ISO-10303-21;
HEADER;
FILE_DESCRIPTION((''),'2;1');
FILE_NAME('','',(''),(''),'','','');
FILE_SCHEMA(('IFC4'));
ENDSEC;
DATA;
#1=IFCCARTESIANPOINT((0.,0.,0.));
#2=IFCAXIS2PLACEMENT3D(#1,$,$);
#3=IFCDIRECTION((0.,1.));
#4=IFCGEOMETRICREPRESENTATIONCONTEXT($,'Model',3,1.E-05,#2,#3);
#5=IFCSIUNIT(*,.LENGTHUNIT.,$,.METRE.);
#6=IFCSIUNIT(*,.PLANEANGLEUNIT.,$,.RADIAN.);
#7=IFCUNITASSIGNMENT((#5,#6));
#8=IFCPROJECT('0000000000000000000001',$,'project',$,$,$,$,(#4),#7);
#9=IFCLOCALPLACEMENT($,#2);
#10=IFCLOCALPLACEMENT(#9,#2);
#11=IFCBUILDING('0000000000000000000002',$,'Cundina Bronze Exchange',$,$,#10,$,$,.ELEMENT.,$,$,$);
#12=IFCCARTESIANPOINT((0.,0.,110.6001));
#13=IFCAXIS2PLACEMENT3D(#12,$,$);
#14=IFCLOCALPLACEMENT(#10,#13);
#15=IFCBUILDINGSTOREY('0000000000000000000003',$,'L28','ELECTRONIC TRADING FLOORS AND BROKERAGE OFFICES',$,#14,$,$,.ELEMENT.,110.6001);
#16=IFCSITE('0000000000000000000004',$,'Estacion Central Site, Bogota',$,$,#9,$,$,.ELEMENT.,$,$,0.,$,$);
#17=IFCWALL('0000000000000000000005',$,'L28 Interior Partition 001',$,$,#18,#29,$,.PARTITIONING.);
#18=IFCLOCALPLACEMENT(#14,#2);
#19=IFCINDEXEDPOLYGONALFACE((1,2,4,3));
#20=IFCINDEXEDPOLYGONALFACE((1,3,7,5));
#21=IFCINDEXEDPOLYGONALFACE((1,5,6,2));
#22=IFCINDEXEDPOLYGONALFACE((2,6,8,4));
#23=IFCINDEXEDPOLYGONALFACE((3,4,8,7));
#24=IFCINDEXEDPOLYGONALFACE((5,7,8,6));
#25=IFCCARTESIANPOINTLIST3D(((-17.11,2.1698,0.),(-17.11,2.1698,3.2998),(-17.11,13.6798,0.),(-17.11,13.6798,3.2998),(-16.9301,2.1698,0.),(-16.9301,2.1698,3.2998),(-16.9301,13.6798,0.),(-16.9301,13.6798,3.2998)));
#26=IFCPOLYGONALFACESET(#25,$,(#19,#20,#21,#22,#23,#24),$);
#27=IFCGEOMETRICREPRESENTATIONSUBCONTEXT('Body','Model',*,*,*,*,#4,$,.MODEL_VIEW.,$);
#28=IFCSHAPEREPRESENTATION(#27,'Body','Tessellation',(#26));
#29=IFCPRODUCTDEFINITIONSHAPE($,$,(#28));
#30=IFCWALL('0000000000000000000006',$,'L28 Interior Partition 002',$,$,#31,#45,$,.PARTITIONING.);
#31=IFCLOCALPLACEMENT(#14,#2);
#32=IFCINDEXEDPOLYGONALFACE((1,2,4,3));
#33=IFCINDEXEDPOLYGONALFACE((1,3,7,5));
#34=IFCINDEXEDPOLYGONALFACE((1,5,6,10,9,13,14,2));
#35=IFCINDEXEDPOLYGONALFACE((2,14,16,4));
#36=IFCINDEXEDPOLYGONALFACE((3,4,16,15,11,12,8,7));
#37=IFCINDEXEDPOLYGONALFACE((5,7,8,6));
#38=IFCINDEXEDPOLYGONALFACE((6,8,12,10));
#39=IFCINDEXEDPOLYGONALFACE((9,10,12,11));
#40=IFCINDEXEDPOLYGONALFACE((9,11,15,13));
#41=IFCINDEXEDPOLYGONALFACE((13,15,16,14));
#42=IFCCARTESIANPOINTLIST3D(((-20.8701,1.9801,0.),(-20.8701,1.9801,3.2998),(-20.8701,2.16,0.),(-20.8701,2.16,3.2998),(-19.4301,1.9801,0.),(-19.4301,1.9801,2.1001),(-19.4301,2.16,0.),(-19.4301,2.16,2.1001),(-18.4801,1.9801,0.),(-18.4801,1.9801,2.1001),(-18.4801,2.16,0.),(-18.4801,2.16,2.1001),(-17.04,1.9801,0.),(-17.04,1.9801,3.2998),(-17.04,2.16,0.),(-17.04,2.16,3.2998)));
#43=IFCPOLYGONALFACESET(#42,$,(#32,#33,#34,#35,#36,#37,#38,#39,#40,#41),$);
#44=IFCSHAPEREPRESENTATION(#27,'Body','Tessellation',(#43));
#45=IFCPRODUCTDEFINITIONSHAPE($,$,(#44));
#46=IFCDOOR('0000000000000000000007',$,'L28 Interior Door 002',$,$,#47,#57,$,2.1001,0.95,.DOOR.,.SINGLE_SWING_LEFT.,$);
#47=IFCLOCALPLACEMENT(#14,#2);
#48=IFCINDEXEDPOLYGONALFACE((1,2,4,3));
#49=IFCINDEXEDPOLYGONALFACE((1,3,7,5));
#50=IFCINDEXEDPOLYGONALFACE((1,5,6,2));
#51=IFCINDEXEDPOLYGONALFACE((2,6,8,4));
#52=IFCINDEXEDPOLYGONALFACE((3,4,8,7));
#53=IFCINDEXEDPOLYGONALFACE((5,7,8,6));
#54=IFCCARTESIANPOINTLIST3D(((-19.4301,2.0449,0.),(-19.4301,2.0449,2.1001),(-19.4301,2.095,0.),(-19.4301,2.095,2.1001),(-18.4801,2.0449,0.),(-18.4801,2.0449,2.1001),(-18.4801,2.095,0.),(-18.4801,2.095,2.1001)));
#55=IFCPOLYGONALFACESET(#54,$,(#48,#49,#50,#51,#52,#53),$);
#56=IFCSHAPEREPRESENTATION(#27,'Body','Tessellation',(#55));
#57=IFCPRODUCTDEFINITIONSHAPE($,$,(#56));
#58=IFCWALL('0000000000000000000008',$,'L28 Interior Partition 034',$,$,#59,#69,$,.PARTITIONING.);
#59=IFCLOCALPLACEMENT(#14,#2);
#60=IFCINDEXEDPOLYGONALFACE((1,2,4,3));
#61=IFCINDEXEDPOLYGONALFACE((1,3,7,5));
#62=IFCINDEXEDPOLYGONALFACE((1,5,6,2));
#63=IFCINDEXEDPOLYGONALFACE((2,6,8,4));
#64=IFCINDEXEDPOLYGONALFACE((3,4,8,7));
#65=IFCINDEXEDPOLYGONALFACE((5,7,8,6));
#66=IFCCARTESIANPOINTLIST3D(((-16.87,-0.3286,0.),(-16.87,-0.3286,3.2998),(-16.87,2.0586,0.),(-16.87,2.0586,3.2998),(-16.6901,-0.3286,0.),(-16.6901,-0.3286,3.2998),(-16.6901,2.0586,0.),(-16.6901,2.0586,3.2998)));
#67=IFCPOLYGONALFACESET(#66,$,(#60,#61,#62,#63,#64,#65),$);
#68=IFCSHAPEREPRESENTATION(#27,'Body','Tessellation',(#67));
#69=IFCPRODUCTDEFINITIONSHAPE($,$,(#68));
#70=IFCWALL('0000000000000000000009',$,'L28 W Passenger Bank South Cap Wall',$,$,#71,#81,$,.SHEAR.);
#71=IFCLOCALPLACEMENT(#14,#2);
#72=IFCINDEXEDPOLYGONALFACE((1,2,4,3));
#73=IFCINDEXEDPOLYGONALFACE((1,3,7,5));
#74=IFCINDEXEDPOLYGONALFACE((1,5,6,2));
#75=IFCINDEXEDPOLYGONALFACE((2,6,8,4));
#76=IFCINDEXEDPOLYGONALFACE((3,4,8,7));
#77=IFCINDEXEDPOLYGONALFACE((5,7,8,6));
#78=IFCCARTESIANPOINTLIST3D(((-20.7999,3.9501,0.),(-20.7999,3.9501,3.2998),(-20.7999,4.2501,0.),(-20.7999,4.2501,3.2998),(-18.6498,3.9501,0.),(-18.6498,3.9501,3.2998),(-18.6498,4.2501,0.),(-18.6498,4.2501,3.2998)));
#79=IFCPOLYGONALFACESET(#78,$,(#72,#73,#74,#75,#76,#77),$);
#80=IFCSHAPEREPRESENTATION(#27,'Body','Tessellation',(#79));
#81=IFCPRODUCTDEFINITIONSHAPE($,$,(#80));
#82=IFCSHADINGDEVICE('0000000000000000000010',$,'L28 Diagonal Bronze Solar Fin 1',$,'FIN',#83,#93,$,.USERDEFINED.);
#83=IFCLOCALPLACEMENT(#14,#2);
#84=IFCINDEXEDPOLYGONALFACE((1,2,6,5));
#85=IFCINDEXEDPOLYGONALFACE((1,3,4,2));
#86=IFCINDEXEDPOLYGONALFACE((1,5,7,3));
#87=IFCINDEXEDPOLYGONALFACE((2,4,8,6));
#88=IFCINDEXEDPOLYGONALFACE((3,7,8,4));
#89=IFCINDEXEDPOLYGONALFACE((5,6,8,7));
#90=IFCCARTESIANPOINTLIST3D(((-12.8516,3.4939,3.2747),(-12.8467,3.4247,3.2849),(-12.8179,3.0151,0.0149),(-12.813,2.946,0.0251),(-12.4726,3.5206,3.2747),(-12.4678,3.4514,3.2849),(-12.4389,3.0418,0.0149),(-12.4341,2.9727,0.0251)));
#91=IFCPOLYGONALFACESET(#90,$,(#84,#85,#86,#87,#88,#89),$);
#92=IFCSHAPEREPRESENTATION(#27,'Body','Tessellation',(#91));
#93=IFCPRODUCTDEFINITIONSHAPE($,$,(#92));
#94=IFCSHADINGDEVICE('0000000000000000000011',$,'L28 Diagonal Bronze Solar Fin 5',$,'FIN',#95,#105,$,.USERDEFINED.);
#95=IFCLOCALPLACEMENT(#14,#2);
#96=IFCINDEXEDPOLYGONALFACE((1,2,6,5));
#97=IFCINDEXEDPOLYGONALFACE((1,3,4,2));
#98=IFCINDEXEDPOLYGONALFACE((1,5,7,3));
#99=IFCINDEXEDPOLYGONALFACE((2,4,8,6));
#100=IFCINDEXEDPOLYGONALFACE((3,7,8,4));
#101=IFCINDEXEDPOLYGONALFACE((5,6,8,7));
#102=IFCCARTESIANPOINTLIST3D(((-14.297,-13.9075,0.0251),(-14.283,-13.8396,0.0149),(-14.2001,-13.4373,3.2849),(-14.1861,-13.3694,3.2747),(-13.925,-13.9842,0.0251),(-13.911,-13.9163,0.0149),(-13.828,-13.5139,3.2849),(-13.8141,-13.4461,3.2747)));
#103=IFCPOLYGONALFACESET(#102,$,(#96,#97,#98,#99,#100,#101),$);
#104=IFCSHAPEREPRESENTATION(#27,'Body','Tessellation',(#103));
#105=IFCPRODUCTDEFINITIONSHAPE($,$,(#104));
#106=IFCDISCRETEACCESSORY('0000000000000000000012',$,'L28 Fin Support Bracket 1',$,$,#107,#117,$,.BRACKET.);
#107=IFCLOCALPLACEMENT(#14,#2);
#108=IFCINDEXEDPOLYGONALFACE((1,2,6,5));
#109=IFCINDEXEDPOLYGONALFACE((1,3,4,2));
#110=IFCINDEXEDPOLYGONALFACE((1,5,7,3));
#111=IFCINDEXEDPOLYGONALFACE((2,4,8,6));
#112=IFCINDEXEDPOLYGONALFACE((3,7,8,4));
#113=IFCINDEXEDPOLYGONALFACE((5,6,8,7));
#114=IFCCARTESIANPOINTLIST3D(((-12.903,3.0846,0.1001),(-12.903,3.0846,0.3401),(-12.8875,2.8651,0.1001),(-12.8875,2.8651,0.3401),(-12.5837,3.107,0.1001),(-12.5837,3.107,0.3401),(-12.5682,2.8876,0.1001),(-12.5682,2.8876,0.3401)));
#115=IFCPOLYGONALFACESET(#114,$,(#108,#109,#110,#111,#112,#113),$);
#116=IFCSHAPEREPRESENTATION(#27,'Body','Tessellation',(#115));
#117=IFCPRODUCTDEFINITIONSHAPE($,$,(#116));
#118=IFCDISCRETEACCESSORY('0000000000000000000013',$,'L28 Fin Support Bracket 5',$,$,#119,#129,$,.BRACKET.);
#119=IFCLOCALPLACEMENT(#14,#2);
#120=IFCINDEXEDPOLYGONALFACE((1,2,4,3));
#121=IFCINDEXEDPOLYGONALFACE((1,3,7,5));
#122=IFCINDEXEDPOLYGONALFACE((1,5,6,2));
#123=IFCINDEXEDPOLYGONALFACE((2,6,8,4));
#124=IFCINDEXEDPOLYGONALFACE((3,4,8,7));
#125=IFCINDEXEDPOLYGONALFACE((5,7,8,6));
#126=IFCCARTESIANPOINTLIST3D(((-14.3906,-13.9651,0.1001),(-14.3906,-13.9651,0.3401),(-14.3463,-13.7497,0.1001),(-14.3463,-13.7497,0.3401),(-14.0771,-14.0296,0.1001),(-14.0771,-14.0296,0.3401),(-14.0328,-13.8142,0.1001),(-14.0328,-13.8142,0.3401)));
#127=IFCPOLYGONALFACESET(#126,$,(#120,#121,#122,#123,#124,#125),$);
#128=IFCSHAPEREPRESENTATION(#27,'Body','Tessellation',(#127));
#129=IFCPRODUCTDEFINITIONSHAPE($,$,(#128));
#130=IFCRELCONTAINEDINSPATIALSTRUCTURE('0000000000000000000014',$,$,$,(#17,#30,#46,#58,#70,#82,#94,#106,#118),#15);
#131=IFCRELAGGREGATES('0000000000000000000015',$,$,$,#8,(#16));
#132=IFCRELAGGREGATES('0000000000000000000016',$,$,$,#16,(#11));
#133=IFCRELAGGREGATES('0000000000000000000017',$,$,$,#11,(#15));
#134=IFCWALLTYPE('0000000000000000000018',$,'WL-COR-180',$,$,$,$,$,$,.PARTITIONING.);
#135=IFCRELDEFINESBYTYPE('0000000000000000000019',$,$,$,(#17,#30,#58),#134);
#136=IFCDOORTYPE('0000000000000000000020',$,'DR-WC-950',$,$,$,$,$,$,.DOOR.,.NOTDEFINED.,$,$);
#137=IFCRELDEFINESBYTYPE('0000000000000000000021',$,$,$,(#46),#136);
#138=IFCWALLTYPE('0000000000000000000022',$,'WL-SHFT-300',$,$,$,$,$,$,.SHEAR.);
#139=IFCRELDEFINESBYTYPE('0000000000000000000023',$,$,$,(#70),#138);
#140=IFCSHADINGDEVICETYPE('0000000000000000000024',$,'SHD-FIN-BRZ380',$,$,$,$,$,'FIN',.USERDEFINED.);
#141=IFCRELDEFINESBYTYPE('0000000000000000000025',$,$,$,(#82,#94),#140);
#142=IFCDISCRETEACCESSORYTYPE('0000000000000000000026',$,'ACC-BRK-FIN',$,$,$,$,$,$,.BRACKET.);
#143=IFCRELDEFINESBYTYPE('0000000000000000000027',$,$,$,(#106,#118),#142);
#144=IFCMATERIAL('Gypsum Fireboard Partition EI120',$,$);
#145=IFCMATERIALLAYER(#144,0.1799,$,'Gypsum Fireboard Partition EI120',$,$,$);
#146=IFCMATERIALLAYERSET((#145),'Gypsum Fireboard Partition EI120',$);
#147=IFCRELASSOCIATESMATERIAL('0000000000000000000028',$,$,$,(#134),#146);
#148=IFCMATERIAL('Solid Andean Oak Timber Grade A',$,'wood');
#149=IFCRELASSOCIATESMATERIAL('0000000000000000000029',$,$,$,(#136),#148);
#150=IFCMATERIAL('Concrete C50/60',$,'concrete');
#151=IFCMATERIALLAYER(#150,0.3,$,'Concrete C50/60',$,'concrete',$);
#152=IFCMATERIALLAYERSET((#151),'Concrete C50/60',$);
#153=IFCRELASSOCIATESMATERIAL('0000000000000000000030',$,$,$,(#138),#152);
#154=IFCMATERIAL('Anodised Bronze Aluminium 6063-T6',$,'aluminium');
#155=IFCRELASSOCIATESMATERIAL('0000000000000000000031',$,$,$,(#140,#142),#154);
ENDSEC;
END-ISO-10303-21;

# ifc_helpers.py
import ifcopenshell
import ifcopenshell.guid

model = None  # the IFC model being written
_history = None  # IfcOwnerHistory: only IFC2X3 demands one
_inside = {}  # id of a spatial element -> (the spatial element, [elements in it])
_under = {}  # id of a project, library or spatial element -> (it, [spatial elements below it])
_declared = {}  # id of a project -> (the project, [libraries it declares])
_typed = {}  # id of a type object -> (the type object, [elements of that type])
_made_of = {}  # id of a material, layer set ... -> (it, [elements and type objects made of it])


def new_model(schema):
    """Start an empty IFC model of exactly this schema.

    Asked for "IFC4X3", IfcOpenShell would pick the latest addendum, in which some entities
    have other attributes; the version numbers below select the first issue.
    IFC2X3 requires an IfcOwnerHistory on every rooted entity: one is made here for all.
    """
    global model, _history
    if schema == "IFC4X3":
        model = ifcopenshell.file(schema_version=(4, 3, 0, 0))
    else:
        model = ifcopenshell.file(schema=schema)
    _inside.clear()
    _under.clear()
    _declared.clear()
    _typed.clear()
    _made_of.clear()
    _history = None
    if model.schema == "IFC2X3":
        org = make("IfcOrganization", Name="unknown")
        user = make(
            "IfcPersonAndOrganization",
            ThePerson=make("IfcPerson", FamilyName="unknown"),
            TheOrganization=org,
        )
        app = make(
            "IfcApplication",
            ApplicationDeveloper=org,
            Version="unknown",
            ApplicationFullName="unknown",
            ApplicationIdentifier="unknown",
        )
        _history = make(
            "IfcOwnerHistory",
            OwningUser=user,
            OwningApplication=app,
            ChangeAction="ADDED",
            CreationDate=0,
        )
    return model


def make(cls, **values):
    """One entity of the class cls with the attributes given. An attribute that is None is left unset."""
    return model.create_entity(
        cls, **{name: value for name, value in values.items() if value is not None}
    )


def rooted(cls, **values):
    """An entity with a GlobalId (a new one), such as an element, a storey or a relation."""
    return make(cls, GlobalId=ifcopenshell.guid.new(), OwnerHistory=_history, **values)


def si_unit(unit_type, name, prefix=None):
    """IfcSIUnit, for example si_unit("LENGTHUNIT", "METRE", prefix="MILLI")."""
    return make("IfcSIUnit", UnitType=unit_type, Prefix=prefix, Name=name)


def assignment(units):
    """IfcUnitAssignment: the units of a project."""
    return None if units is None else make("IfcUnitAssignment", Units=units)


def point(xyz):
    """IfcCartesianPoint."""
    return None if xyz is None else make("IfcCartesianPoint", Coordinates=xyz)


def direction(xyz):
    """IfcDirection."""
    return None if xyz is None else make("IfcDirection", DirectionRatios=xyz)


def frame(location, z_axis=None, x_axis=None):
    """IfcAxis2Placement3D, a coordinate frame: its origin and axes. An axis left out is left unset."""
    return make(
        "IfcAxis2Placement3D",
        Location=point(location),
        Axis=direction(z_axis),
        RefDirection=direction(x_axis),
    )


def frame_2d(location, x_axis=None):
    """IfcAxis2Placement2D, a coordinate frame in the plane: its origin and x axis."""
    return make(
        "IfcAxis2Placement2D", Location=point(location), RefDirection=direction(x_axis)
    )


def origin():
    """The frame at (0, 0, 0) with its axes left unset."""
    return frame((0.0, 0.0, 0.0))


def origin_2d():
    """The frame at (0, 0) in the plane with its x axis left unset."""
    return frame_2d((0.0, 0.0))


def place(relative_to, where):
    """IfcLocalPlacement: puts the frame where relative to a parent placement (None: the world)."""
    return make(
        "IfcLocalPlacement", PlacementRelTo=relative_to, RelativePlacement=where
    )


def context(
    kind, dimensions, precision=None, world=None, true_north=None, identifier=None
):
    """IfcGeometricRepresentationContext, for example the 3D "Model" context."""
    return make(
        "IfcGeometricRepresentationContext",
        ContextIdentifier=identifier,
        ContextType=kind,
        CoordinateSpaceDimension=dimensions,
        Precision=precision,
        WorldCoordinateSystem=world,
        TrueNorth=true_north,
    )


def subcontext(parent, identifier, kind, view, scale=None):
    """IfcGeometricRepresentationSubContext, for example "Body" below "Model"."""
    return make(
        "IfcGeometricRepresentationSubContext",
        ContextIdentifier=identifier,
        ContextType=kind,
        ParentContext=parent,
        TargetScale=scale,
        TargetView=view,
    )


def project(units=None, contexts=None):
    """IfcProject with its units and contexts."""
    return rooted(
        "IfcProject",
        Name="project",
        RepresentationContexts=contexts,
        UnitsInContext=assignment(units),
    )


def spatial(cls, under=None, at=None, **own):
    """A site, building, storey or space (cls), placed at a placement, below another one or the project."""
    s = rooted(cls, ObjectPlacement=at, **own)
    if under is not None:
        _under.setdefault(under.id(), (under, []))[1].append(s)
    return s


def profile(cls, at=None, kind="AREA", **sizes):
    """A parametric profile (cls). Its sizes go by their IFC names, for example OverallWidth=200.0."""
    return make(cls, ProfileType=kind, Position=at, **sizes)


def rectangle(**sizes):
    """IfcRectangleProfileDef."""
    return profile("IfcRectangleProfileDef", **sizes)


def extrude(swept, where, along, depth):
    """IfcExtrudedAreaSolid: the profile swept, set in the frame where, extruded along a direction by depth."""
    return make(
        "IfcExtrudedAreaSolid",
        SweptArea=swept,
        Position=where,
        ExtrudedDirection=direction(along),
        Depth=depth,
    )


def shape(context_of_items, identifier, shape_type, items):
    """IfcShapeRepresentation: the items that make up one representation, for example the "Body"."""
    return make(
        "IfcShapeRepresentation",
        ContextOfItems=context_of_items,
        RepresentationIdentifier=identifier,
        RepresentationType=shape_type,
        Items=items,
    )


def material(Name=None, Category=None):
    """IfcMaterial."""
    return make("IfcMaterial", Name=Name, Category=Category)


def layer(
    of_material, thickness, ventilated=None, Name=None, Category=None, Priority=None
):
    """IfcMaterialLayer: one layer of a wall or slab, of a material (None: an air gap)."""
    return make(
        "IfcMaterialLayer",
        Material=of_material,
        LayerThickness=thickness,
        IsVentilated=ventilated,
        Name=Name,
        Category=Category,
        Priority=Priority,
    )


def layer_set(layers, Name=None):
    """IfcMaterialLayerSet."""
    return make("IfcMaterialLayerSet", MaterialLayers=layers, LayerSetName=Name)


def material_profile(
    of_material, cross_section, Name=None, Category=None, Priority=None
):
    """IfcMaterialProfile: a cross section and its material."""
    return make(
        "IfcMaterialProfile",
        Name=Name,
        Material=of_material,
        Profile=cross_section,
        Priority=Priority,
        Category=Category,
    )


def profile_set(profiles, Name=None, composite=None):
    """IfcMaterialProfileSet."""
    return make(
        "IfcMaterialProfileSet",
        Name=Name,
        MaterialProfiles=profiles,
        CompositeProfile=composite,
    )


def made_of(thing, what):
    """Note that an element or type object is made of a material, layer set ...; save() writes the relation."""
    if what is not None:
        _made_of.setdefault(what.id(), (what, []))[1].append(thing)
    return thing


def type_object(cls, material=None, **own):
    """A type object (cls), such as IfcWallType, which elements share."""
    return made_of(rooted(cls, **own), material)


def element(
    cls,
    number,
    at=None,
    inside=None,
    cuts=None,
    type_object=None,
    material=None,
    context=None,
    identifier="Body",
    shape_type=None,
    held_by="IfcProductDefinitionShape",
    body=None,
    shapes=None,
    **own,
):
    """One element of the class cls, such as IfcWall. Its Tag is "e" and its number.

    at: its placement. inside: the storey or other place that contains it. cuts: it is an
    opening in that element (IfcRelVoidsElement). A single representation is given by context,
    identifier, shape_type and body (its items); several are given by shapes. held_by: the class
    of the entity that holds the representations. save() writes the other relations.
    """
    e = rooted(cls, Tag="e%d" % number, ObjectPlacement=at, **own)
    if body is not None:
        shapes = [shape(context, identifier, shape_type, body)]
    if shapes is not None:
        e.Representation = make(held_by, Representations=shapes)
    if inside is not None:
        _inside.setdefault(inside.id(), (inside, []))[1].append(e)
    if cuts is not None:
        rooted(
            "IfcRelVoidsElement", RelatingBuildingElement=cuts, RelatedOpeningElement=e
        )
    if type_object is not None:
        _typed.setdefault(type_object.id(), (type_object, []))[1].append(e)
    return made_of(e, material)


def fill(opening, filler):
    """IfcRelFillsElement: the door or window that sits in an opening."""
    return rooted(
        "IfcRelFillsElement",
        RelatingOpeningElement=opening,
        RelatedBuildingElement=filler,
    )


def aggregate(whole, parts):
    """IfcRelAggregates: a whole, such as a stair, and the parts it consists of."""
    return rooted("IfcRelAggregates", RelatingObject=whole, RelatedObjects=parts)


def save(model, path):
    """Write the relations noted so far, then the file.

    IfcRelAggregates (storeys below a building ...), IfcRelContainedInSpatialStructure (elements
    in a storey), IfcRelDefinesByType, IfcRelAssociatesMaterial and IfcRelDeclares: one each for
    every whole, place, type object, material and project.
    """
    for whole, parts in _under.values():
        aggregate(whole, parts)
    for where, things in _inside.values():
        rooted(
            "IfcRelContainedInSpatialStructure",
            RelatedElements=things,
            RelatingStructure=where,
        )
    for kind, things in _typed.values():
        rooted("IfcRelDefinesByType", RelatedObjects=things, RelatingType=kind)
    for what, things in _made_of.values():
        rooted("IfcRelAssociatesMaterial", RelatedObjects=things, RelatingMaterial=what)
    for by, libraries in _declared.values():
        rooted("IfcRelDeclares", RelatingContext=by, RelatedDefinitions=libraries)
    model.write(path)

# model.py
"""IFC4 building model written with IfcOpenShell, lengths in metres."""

from ifc_helpers import new_model, si_unit, direction, frame, frame_2d, origin, origin_2d, place, context, subcontext, project, spatial, rectangle, extrude, material, layer, layer_set, material_profile, profile_set, type_object, element, fill, save


model = new_model("IFC4")

# Units and contexts
model_context = context("Model", 3, precision=1e-05, world=origin(), true_north=direction((0.0, 1.0)))
body_context = subcontext(model_context, "Body", "Model", "MODEL_VIEW")
ifc_project = project(units=[si_unit("LENGTHUNIT", "METRE"), si_unit("PLANEANGLEUNIT", "RADIAN")], contexts=[model_context])

# Site, building, storey
site_placement = place(None, origin())
site = spatial("IfcSite", under=ifc_project, at=site_placement, Name="Estacion Central Site, Bogota", CompositionType="ELEMENT", RefElevation=0.0)
building_placement = place(site_placement, origin())
building = spatial("IfcBuilding", under=site, at=building_placement, Name="Cundina Bronze Exchange", CompositionType="ELEMENT")
storey_placement = place(building_placement, frame((0.0, 0.0, 110.6001)))
storey = spatial("IfcBuildingStorey", under=building, at=storey_placement, Name="L28", Description="ELECTRONIC TRADING FLOORS AND BROKERAGE OFFICES", CompositionType="ELEMENT", Elevation=110.6001)

# Shared definitions
ifc_material_1 = material(Name="Anodised Bronze Aluminium 6063-T6", Category="aluminium")

# Shared definitions
ifc_material_2 = material(Name="Concrete C50/60", Category="concrete")

# Wall
ifc_material_3 = material(Name="Gypsum Fireboard Partition EI120")
ifc_layer_1 = layer(ifc_material_3, 0.1799, Name="Gypsum Fireboard Partition EI120")
ifc_layer_set_1 = layer_set([ifc_layer_1], Name="Gypsum Fireboard Partition EI120")
wall_type_1 = type_object("IfcWallType", Name="WL-COR-180", PredefinedType="PARTITIONING", material=ifc_layer_set_1)
wall_1_placement = place(storey_placement, frame((-17.02, 2.1699, 0.0), z_axis=(0.0, 0.0, 1.0), x_axis=(0.0, 1.0, 0.0)))
element("IfcWall", 1, at=wall_1_placement, inside=storey, type_object=wall_type_1, Name="L28 Interior Partition 001", PredefinedType="PARTITIONING", context=body_context, shape_type="SweptSolid", body=[
    extrude(rectangle(XDim=11.51, YDim=0.1799, at=frame_2d((5.7549, 0.0))), origin(), (0.0, 0.0, 1.0), 3.2998),
])

# Wall, opening, door
wall_2_placement = place(storey_placement, frame((-20.8701, 2.0701, 0.0), z_axis=(0.0, 0.0, 1.0), x_axis=(1.0, 0.0, 0.0)))
wall_2 = element("IfcWall", 2, at=wall_2_placement, inside=storey, type_object=wall_type_1, Name="L28 Interior Partition 002", PredefinedType="PARTITIONING", context=body_context, shape_type="SweptSolid", body=[
    extrude(rectangle(XDim=3.8301, YDim=0.1799, at=frame_2d((1.915, 0.0))), origin(), (0.0, 0.0, 1.0), 3.2998),
])
opening_placement = place(wall_2_placement, frame((1.4399, 0.0, 0.0)))
opening = element("IfcOpeningElement", 3, at=opening_placement, cuts=wall_2, PredefinedType="OPENING", context=body_context, shape_type="SweptSolid", body=[
    extrude(rectangle(XDim=0.95, YDim=2.1001, at=frame_2d((0.4751, 1.05))), frame((0.0, 0.0999, 0.0), z_axis=(0.0, -1.0, 0.0), x_axis=(1.0, 0.0, 0.0)), (0.0, 0.0, 1.0), 0.2),
])
ifc_material_4 = material(Name="Solid Andean Oak Timber Grade A", Category="wood")
door_type = type_object("IfcDoorType", Name="DR-WC-950", OperationType="NOTDEFINED", PredefinedType="DOOR", material=ifc_material_4)
door_placement = place(opening_placement, origin())
door = element("IfcDoor", 4, at=door_placement, inside=storey, type_object=door_type, Name="L28 Interior Door 002", OperationType="SINGLE_SWING_LEFT", OverallHeight=2.1001, OverallWidth=0.95, PredefinedType="DOOR", context=body_context, shape_type="SweptSolid", body=[
    extrude(rectangle(XDim=0.95, YDim=2.1001, at=frame_2d((0.4751, 1.05))), frame((0.0, 0.0249, 0.0), z_axis=(0.0, -1.0, 0.0), x_axis=(1.0, 0.0, 0.0)), (0.0, 0.0, 1.0), 0.05),
])
fill(opening, door)

# Walls
wall_3_placement = place(storey_placement, frame((-16.78, -0.3286, 0.0), z_axis=(0.0, 0.0, 1.0), x_axis=(0.0, 1.0, 0.0)))
element("IfcWall", 5, at=wall_3_placement, inside=storey, type_object=wall_type_1, Name="L28 Interior Partition 034", PredefinedType="PARTITIONING", context=body_context, shape_type="SweptSolid", body=[
    extrude(rectangle(XDim=2.3872, YDim=0.1799, at=frame_2d((1.1936, 0.0))), origin(), (0.0, 0.0, 1.0), 3.2998),
])
ifc_layer_2 = layer(ifc_material_2, 0.3, Name="Concrete C50/60", Category="concrete")
ifc_layer_set_2 = layer_set([ifc_layer_2], Name="Concrete C50/60")
wall_type_2 = type_object("IfcWallType", Name="WL-SHFT-300", PredefinedType="SHEAR", material=ifc_layer_set_2)
wall_4_placement = place(storey_placement, frame((-20.8, 4.1001, 0.0), z_axis=(0.0, 0.0, 1.0), x_axis=(1.0, 0.0, 0.0)))
element("IfcWall", 6, at=wall_4_placement, inside=storey, type_object=wall_type_2, Name="L28 W Passenger Bank South Cap Wall", PredefinedType="SHEAR", context=body_context, shape_type="SweptSolid", body=[
    extrude(rectangle(XDim=2.1501, YDim=0.3, at=frame_2d((1.0752, 0.0))), origin(), (0.0, 0.0, 1.0), 3.2998),
])

# Shading devices
ifc_material_profile_1 = material_profile(ifc_material_1, rectangle(XDim=0.0701, YDim=0.3799, at=origin_2d()), Name="FIN70X380", Category="aluminium")
ifc_profile_set_1 = profile_set([ifc_material_profile_1], Name="Anodised Bronze Aluminium 6063-T6")
shading_device_type = type_object("IfcShadingDeviceType", Name="SHD-FIN-BRZ380", ElementType="FIN", PredefinedType="USERDEFINED", material=ifc_profile_set_1)
for number, where, z_axis, x_axis, name in (
    (7, (-12.626, 2.9939, 0.02), (-0.010225, 0.145303, 0.989334), (0.06945, -0.986894, 0.145662), "L28 Diagonal Bronze Solar Fin 1"),
    (8, (-14.104, -13.9119, 0.02), (0.029416, 0.142709, 0.989328), (-0.199728, -0.968957, 0.145709), "L28 Diagonal Bronze Solar Fin 5"),
):
    element("IfcShadingDevice", number, at=place(storey_placement, frame(where, z_axis=z_axis, x_axis=x_axis)), inside=storey, type_object=shading_device_type, Name=name, ObjectType="FIN", PredefinedType="USERDEFINED", context=body_context, shape_type="SweptSolid", body=[
        extrude(rectangle(XDim=0.0701, YDim=0.3799, at=origin_2d()), origin(), (0.0, 0.0, 1.0), 3.2949),
    ])

# Discrete accessories
discrete_accessory_type = type_object("IfcDiscreteAccessoryType", Name="ACC-BRK-FIN", PredefinedType="BRACKET", material=ifc_material_1)
for number, where, z_axis, x_axis, name in (
    (9, (-12.7356, 2.9861, 0.1001), (0.0, 0.0, 1.0), (-0.070279, 0.997527, 0.0), "L28 Fin Support Bracket 1"),
    (10, (-14.2117, -13.8896, 0.1001), (0.0, 0.0, 1.0), (0.20142, 0.979505, 0.0), "L28 Fin Support Bracket 5"),
):
    element("IfcDiscreteAccessory", number, at=place(storey_placement, frame(where, z_axis=z_axis, x_axis=x_axis)), inside=storey, type_object=discrete_accessory_type, Name=name, PredefinedType="BRACKET", context=body_context, shape_type="SweptSolid", body=[
        extrude(rectangle(XDim=0.22, YDim=0.3201, at=origin_2d()), origin(), (0.0, 0.0, 1.0), 0.24),
    ])

save(model, "model.ifc")
